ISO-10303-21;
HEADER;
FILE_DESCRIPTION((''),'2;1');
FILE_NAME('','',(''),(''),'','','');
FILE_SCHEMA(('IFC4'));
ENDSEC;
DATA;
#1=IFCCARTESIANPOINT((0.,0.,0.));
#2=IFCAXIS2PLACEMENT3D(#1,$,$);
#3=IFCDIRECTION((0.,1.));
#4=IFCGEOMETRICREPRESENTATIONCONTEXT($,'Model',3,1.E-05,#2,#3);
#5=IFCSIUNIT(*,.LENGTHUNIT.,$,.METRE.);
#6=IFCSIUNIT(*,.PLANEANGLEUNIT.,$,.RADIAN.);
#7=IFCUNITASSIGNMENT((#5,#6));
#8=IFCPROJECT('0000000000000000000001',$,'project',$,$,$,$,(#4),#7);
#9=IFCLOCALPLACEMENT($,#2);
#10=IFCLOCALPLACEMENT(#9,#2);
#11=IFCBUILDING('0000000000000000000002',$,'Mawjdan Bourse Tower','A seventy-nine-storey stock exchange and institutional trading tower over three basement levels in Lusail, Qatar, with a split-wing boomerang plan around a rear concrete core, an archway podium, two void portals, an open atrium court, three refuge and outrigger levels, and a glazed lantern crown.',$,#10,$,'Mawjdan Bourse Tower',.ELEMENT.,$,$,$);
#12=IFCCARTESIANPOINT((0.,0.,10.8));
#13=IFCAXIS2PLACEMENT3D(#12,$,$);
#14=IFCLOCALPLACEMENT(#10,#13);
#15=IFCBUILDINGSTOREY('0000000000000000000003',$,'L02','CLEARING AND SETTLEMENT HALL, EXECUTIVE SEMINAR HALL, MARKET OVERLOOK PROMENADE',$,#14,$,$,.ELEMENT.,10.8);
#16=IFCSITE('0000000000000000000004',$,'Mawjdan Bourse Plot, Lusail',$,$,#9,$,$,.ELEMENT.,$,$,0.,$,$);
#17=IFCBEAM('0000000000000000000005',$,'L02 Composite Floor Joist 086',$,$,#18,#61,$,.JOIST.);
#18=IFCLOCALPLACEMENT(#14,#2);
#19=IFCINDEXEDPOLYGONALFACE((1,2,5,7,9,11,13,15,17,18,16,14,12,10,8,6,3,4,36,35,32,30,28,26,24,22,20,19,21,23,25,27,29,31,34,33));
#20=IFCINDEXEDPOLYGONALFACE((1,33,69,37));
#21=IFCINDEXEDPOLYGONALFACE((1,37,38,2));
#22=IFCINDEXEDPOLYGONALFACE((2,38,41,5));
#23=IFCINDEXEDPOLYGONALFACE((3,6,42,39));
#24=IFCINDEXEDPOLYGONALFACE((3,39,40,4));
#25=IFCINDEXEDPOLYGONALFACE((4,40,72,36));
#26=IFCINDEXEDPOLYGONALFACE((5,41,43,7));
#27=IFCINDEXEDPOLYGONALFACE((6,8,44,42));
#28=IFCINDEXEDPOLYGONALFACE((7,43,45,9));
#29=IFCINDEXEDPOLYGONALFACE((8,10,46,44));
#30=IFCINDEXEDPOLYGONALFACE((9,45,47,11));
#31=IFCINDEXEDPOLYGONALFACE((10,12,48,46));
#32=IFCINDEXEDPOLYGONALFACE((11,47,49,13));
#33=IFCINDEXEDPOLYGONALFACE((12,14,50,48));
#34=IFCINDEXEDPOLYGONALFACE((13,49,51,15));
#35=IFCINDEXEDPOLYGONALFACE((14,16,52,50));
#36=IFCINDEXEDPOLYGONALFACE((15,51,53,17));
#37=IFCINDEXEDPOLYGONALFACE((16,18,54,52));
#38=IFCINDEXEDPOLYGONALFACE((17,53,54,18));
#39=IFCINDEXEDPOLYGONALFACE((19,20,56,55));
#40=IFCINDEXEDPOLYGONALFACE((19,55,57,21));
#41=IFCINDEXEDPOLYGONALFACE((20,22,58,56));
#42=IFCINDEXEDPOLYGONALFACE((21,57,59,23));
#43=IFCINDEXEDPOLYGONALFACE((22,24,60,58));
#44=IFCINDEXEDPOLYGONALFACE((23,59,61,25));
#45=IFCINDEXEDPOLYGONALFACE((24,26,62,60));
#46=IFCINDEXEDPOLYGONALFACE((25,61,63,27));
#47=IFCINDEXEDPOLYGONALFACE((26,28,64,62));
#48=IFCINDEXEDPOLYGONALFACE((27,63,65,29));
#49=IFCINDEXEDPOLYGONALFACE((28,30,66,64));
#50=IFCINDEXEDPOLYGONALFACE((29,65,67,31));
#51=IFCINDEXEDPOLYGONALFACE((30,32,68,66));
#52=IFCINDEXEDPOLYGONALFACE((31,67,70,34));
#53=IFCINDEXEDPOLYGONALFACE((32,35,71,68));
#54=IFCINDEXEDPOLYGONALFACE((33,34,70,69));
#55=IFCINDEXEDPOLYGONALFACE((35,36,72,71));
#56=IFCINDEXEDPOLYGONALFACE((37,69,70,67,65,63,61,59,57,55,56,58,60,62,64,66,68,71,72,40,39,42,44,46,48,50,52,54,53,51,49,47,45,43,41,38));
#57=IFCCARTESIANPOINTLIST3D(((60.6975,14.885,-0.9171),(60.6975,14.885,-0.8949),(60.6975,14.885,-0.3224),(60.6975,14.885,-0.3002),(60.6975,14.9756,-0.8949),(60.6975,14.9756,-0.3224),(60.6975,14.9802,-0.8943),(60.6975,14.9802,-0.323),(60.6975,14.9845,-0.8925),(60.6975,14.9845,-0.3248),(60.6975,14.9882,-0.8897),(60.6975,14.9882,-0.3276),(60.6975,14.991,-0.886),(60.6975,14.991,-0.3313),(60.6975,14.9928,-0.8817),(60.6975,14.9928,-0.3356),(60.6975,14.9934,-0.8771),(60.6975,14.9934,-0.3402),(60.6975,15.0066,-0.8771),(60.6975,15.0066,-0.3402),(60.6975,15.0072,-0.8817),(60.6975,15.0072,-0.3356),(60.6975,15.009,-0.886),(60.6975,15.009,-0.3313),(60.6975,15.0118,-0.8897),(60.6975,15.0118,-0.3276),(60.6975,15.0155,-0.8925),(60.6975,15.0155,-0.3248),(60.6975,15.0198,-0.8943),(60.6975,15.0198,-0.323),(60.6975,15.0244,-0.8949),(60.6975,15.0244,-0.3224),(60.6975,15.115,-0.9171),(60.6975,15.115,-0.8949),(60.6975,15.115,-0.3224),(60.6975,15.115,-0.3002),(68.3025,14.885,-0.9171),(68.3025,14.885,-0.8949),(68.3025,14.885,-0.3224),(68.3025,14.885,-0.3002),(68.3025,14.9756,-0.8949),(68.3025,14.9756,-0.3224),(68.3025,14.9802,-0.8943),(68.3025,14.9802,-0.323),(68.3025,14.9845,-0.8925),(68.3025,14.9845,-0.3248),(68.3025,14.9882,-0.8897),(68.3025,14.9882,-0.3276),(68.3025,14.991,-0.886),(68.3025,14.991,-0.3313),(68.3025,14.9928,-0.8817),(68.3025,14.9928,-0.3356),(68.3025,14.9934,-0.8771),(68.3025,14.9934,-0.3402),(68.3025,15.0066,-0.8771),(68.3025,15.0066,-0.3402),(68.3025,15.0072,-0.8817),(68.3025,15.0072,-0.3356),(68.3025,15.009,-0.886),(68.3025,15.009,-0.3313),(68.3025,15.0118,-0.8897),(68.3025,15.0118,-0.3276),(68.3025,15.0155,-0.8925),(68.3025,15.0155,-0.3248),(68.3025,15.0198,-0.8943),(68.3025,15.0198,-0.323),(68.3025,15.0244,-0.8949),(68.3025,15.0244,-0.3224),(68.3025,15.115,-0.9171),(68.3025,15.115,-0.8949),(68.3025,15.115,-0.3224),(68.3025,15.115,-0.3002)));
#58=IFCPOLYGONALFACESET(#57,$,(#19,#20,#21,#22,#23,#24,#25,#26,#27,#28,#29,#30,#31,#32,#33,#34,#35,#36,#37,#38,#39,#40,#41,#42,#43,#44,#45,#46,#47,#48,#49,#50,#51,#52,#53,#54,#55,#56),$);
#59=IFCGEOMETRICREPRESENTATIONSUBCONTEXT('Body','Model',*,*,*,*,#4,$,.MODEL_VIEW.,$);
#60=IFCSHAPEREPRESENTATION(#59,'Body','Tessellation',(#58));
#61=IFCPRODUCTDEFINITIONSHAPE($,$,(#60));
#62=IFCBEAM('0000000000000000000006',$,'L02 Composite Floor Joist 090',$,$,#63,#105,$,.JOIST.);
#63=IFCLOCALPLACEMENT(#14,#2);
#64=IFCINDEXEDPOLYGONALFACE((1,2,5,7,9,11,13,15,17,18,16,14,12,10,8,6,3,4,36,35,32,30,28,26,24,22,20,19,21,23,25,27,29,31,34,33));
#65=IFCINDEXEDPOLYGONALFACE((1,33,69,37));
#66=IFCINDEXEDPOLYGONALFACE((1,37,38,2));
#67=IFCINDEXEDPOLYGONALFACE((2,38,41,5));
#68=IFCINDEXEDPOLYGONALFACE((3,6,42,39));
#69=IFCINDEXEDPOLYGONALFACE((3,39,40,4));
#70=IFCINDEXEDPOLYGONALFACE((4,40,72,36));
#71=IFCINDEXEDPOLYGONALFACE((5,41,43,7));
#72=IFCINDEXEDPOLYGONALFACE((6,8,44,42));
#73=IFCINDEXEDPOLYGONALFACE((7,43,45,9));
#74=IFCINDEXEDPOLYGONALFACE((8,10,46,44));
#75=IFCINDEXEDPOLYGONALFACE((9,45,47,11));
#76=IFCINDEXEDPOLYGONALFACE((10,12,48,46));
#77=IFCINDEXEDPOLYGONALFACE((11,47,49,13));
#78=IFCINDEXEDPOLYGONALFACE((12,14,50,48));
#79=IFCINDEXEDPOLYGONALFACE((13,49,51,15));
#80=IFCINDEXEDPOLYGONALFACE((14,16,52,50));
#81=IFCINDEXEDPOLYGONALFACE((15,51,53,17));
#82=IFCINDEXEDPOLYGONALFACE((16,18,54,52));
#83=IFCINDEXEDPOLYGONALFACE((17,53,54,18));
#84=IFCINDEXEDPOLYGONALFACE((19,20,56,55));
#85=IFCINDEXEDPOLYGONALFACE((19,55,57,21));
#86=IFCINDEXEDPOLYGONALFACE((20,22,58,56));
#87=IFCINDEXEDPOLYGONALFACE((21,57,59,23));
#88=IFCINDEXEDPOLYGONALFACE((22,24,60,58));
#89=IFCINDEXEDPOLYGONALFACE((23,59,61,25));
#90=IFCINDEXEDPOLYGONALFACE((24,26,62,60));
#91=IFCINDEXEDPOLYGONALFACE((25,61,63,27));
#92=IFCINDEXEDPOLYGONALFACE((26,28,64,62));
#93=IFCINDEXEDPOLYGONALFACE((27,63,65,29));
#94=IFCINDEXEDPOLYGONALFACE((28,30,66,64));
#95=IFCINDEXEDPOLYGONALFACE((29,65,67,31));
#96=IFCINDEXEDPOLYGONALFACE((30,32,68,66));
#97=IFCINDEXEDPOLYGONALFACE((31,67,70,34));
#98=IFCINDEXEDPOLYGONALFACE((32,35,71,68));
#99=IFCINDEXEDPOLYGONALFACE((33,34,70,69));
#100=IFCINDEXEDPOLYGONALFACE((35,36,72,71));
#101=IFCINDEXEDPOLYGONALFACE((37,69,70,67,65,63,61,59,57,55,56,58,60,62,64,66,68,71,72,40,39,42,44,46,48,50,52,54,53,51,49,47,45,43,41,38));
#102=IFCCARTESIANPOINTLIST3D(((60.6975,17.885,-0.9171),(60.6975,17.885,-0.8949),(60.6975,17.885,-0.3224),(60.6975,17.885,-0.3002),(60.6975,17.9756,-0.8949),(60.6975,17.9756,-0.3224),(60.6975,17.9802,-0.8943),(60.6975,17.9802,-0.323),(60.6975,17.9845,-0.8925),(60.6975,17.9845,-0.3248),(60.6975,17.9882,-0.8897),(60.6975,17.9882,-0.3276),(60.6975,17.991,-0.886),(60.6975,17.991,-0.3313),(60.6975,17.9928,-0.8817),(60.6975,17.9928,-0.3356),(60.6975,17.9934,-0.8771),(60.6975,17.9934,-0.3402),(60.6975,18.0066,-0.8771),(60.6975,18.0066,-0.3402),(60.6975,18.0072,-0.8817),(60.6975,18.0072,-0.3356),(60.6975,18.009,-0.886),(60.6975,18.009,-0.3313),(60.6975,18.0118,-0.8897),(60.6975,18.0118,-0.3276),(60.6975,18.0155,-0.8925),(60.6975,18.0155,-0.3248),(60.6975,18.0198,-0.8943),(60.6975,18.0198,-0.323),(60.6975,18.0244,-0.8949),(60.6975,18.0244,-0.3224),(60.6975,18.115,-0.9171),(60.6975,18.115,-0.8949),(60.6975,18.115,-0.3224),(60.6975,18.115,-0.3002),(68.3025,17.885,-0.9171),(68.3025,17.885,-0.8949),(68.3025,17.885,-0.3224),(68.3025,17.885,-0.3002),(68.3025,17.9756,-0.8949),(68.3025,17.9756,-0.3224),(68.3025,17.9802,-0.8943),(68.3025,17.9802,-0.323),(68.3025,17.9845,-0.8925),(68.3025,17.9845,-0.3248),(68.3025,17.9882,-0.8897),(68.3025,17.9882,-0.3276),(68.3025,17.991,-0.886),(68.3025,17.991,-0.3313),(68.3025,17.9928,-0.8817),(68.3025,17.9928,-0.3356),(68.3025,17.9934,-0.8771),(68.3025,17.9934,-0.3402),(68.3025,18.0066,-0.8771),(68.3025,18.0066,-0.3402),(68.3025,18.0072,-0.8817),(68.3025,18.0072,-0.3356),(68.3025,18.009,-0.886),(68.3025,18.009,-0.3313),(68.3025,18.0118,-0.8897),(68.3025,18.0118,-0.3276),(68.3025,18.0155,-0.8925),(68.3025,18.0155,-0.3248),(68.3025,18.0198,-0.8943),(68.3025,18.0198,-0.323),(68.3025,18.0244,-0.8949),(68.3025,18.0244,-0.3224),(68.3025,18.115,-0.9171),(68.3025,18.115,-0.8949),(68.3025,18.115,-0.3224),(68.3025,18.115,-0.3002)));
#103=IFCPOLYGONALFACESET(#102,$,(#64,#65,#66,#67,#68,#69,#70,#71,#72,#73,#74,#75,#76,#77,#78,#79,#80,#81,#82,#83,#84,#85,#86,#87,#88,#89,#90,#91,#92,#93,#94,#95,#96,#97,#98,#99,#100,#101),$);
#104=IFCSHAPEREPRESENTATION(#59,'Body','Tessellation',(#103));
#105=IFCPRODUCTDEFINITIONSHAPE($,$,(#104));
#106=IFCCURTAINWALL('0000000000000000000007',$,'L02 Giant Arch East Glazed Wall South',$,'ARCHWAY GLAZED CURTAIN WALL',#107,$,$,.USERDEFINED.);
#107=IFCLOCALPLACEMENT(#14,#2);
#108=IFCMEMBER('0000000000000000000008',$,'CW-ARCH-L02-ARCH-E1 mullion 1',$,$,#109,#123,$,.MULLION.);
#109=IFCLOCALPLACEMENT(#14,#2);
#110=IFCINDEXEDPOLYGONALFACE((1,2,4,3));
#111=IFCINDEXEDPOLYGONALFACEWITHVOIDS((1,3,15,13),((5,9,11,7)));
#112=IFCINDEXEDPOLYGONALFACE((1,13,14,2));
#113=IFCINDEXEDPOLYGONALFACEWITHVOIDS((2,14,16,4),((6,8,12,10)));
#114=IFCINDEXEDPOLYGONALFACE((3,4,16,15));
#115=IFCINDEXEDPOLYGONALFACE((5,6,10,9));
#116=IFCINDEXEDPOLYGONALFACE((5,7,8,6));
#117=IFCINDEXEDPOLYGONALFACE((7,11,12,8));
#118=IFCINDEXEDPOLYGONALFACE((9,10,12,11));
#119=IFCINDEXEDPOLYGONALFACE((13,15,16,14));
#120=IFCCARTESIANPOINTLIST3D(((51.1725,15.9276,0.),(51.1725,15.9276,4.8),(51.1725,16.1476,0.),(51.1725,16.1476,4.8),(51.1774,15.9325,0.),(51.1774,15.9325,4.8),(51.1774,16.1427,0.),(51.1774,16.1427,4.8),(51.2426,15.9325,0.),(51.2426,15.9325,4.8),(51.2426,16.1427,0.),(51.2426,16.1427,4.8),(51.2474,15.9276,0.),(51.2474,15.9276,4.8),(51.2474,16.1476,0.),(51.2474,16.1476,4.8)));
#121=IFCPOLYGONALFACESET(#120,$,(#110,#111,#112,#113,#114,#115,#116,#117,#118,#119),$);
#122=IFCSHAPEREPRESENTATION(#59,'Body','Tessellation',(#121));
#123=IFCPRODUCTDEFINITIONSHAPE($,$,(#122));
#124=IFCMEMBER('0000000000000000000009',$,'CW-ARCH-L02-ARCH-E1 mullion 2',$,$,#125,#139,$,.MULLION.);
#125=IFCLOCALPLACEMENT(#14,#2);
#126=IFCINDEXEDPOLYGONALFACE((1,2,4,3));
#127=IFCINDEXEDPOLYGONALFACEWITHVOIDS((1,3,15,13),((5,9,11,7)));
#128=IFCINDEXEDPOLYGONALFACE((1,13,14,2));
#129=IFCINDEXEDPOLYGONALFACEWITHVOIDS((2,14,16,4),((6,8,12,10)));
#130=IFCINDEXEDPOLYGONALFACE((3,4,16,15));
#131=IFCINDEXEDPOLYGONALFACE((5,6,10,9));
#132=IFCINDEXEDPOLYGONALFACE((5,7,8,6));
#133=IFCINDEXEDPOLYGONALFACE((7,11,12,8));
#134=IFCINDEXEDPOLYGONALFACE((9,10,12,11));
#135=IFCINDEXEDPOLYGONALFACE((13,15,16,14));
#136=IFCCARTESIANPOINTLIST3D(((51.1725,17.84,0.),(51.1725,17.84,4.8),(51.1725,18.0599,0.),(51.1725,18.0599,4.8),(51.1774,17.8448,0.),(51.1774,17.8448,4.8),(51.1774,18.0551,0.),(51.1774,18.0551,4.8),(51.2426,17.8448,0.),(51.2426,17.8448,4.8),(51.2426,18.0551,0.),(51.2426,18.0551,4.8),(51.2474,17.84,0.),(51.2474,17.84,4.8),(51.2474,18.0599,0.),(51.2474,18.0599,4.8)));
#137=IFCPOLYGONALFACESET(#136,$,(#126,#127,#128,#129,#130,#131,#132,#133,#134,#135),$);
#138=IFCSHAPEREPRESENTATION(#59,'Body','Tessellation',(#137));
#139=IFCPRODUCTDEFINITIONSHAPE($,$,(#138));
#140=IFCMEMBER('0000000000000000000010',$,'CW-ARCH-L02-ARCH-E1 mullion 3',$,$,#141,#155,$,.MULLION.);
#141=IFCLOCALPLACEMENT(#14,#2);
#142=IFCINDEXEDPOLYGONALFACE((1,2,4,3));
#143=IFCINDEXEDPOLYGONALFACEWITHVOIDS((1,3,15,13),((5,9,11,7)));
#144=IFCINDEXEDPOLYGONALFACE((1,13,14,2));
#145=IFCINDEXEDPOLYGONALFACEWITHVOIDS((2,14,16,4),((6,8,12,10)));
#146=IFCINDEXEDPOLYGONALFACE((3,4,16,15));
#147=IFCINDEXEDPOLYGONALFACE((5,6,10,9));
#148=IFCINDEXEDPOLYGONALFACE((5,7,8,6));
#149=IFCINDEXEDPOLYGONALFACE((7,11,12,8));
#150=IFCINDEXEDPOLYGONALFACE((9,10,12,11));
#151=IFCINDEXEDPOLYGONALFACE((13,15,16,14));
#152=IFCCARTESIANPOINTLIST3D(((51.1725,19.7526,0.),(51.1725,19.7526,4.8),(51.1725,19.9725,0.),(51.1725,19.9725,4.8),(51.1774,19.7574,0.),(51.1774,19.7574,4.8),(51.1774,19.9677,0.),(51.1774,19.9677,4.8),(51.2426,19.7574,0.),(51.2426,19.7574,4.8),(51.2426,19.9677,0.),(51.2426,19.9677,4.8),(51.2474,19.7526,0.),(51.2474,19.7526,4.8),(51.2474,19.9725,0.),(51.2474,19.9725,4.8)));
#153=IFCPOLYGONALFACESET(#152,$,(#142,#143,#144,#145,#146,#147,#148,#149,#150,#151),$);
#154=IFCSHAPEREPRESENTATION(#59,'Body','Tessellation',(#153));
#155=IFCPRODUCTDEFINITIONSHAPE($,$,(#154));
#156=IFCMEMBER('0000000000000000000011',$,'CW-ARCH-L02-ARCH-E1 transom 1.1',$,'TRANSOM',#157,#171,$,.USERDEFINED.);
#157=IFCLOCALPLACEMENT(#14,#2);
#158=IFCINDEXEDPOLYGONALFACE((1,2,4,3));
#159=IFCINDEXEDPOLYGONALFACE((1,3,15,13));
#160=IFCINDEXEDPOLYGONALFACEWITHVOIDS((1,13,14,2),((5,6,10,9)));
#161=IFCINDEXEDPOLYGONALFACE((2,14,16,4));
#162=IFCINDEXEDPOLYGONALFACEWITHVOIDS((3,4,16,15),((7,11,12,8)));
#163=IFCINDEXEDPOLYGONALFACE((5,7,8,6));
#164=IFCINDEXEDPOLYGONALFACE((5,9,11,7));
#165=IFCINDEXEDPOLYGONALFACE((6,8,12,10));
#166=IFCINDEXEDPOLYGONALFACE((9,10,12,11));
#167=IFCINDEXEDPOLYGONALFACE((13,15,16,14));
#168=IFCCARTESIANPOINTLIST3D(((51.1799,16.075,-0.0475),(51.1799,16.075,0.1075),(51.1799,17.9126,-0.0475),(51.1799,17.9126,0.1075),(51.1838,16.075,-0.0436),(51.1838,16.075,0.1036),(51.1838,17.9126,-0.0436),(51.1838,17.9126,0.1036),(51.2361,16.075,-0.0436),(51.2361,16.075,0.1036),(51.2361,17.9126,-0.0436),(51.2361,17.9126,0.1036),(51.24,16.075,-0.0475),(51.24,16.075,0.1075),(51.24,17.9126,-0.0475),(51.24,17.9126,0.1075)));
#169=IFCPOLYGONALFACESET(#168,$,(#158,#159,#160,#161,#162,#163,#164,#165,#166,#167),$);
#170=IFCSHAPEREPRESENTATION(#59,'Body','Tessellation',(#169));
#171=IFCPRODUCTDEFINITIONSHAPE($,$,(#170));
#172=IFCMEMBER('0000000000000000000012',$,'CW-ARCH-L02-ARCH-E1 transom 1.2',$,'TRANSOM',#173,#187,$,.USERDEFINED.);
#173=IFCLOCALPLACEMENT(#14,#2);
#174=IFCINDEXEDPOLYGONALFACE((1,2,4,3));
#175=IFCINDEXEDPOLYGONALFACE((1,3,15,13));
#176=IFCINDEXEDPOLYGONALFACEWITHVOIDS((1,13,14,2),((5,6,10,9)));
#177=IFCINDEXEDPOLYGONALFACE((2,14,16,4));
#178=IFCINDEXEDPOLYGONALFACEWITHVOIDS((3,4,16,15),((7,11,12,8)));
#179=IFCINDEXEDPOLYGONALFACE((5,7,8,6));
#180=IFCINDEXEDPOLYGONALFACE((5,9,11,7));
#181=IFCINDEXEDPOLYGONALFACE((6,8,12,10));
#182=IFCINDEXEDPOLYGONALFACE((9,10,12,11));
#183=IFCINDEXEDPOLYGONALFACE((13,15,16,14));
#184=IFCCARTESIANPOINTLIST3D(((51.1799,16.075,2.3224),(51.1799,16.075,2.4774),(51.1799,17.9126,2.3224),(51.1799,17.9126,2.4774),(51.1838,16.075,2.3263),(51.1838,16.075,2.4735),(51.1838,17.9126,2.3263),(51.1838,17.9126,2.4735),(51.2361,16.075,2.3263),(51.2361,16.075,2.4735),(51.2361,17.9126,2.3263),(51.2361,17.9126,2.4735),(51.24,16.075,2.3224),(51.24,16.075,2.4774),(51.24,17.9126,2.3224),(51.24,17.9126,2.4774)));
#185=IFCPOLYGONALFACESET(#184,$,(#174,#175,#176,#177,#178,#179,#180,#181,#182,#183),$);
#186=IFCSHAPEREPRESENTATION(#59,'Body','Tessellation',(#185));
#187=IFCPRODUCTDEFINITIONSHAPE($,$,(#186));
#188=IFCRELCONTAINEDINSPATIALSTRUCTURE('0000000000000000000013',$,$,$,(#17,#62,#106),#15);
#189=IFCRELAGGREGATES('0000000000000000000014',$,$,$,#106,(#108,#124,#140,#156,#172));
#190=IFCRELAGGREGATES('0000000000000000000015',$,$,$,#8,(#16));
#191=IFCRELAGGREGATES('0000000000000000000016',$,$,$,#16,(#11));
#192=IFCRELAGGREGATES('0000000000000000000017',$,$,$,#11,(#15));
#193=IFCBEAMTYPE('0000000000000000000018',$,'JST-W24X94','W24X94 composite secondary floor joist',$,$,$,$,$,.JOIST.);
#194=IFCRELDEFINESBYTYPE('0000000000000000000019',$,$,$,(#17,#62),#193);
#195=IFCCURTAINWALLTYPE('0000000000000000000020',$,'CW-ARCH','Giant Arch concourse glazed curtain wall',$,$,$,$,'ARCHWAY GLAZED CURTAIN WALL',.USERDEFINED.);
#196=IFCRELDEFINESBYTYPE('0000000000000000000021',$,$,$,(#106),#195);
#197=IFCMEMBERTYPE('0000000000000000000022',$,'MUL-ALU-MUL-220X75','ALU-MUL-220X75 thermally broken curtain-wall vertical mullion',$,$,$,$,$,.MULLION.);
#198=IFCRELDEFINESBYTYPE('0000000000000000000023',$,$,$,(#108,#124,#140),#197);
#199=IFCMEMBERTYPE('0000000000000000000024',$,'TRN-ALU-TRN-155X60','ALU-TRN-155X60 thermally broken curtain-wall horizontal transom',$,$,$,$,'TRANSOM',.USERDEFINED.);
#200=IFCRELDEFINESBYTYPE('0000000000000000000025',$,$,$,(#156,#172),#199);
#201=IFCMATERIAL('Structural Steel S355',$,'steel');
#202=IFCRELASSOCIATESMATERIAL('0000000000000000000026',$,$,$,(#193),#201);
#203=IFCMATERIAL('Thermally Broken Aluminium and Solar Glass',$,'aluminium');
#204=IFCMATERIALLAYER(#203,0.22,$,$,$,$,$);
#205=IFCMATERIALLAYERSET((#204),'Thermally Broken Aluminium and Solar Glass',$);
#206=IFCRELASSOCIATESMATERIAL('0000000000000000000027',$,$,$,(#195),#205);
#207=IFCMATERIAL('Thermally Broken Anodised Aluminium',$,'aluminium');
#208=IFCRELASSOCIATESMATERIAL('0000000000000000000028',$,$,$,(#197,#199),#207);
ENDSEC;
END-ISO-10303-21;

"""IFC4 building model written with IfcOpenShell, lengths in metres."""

from ifc_helpers import new_model, si_unit, direction, frame, origin, origin_2d, place, context, subcontext, project, spatial, hollow_rectangle, i_section, extrude, material, layer, layer_set, material_profile, profile_set, type_object, element, aggregate, save


model = new_model("IFC4")

# Units and contexts
model_context = context("Model", 3, precision=1e-05, world=origin(), true_north=direction((0.0, 1.0)))
body_context = subcontext(model_context, "Body", "Model", "MODEL_VIEW")
ifc_project = project(units=[si_unit("LENGTHUNIT", "METRE"), si_unit("PLANEANGLEUNIT", "RADIAN")], contexts=[model_context])

# Site, building, storey
site_placement = place(None, origin())
site = spatial("IfcSite", under=ifc_project, at=site_placement, Name="Mawjdan Bourse Plot, Lusail", CompositionType="ELEMENT", RefElevation=0.0)
building_placement = place(site_placement, origin())
building = spatial("IfcBuilding", under=site, at=building_placement, Name="Mawjdan Bourse Tower", Description="A seventy-nine-storey stock exchange and institutional trading tower over three basement levels in Lusail, Qatar, with a split-wing boomerang plan around a rear concrete core, an archway podium, two void portals, an open atrium court, three refuge and outrigger levels, and a glazed lantern crown.", LongName="Mawjdan Bourse Tower", CompositionType="ELEMENT")
storey_placement = place(building_placement, frame((0.0, 0.0, 10.8)))
storey = spatial("IfcBuildingStorey", under=building, at=storey_placement, Name="L02", Description="CLEARING AND SETTLEMENT HALL, EXECUTIVE SEMINAR HALL, MARKET OVERLOOK PROMENADE", CompositionType="ELEMENT", Elevation=10.8)

# Beams
ifc_material_1 = material(Name="Structural Steel S355", Category="steel")
ifc_material_profile_1 = material_profile(ifc_material_1, i_section(OverallWidth=0.23, OverallDepth=0.6169, WebThickness=0.0132, FlangeThickness=0.0222, FilletRadius=0.0178, at=origin_2d()), Name="W24X94")
ifc_profile_set_1 = profile_set([ifc_material_profile_1], Name="Structural Steel S355")
beam_type_1 = type_object("IfcBeamType", Name="JST-W24X94", Description="W24X94 composite secondary floor joist", PredefinedType="JOIST", material=ifc_profile_set_1)
for number, where, z_axis, x_axis, name in (
    (1, (60.6975, 15.0, -0.6086), (1.0, 0.0, 0.0), (0.0, 1.0, 0.0), "L02 Composite Floor Joist 086"),
    (2, (60.6975, 18.0, -0.6086), (1.0, 0.0, 0.0), (0.0, 1.0, 0.0), "L02 Composite Floor Joist 090"),
):
    element("IfcBeam", number, at=place(storey_placement, frame(where, z_axis=z_axis, x_axis=x_axis)), inside=storey, type_object=beam_type_1, Name=name, PredefinedType="JOIST", context=body_context, shape_type="SweptSolid", body=[
        extrude(i_section(OverallWidth=0.23, OverallDepth=0.6169, WebThickness=0.0132, FlangeThickness=0.0222, FilletRadius=0.0178, at=origin_2d()), origin(), (0.0, 0.0, 1.0), 7.605),
    ])

# Curtain wall, members
ifc_material_2 = material(Name="Thermally Broken Aluminium and Solar Glass", Category="aluminium")
ifc_layer_1 = layer(ifc_material_2, 0.22)
ifc_layer_set_1 = layer_set([ifc_layer_1], Name="Thermally Broken Aluminium and Solar Glass")
curtain_wall_type = type_object("IfcCurtainWallType", Name="CW-ARCH", Description="Giant Arch concourse glazed curtain wall", ElementType="ARCHWAY GLAZED CURTAIN WALL", PredefinedType="USERDEFINED", material=ifc_layer_set_1)
curtain_wall_placement = place(storey_placement, origin())
curtain_wall = element("IfcCurtainWall", 3, at=curtain_wall_placement, inside=storey, type_object=curtain_wall_type, Name="L02 Giant Arch East Glazed Wall South", ObjectType="ARCHWAY GLAZED CURTAIN WALL", PredefinedType="USERDEFINED")
ifc_material_3 = material(Name="Thermally Broken Anodised Aluminium", Category="aluminium")
ifc_material_profile_2 = material_profile(ifc_material_3, hollow_rectangle(XDim=0.075, YDim=0.22, WallThickness=0.0049, at=origin_2d()), Name="ALU-MUL-220X75")
ifc_profile_set_2 = profile_set([ifc_material_profile_2], Name="Thermally Broken Anodised Aluminium")
member_type_1 = type_object("IfcMemberType", Name="MUL-ALU-MUL-220X75", Description="ALU-MUL-220X75 thermally broken curtain-wall vertical mullion", PredefinedType="MULLION", material=ifc_profile_set_2)
member_1_placement = place(storey_placement, frame((51.21, 16.0376, 0.0), z_axis=(0.0, 0.0, 1.0), x_axis=(-1.0, 0.0, 0.0)))
member_1 = element("IfcMember", 4, at=member_1_placement, type_object=member_type_1, Name="CW-ARCH-L02-ARCH-E1 mullion 1", PredefinedType="MULLION", context=body_context, shape_type="SweptSolid", body=[
    extrude(hollow_rectangle(XDim=0.075, YDim=0.22, WallThickness=0.0049, at=origin_2d()), origin(), (0.0, 0.0, 1.0), 4.8),
])
member_2_placement = place(storey_placement, frame((51.21, 17.95, 0.0), z_axis=(0.0, 0.0, 1.0), x_axis=(-1.0, 0.0, 0.0)))
member_2 = element("IfcMember", 5, at=member_2_placement, type_object=member_type_1, Name="CW-ARCH-L02-ARCH-E1 mullion 2", PredefinedType="MULLION", context=body_context, shape_type="SweptSolid", body=[
    extrude(hollow_rectangle(XDim=0.075, YDim=0.22, WallThickness=0.0049, at=origin_2d()), origin(), (0.0, 0.0, 1.0), 4.8),
])
member_3_placement = place(storey_placement, frame((51.21, 19.8625, 0.0), z_axis=(0.0, 0.0, 1.0), x_axis=(-1.0, 0.0, 0.0)))
member_3 = element("IfcMember", 6, at=member_3_placement, type_object=member_type_1, Name="CW-ARCH-L02-ARCH-E1 mullion 3", PredefinedType="MULLION", context=body_context, shape_type="SweptSolid", body=[
    extrude(hollow_rectangle(XDim=0.075, YDim=0.22, WallThickness=0.0049, at=origin_2d()), origin(), (0.0, 0.0, 1.0), 4.8),
])
ifc_material_profile_3 = material_profile(ifc_material_3, hollow_rectangle(XDim=0.0601, YDim=0.155, WallThickness=0.0039, at=origin_2d()), Name="ALU-TRN-155X60")
ifc_profile_set_3 = profile_set([ifc_material_profile_3], Name="Thermally Broken Anodised Aluminium")
member_type_2 = type_object("IfcMemberType", Name="TRN-ALU-TRN-155X60", Description="ALU-TRN-155X60 thermally broken curtain-wall horizontal transom", ElementType="TRANSOM", PredefinedType="USERDEFINED", material=ifc_profile_set_3)
member_4_placement = place(storey_placement, frame((51.21, 16.075, 0.03), z_axis=(0.0, 1.0, 0.0), x_axis=(-1.0, 0.0, 0.0)))
member_4 = element("IfcMember", 7, at=member_4_placement, type_object=member_type_2, Name="CW-ARCH-L02-ARCH-E1 transom 1.1", ObjectType="TRANSOM", PredefinedType="USERDEFINED", context=body_context, shape_type="SweptSolid", body=[
    extrude(hollow_rectangle(XDim=0.0601, YDim=0.155, WallThickness=0.0039, at=origin_2d()), origin(), (0.0, 0.0, 1.0), 1.8376),
])
member_5_placement = place(storey_placement, frame((51.21, 16.075, 2.3999), z_axis=(0.0, 1.0, 0.0), x_axis=(-1.0, 0.0, 0.0)))
member_5 = element("IfcMember", 8, at=member_5_placement, type_object=member_type_2, Name="CW-ARCH-L02-ARCH-E1 transom 1.2", ObjectType="TRANSOM", PredefinedType="USERDEFINED", context=body_context, shape_type="SweptSolid", body=[
    extrude(hollow_rectangle(XDim=0.0601, YDim=0.155, WallThickness=0.0039, at=origin_2d()), origin(), (0.0, 0.0, 1.0), 1.8376),
])
aggregate(curtain_wall, [member_1, member_2, member_3, member_4, member_5])

save(model, "model.ifc")
